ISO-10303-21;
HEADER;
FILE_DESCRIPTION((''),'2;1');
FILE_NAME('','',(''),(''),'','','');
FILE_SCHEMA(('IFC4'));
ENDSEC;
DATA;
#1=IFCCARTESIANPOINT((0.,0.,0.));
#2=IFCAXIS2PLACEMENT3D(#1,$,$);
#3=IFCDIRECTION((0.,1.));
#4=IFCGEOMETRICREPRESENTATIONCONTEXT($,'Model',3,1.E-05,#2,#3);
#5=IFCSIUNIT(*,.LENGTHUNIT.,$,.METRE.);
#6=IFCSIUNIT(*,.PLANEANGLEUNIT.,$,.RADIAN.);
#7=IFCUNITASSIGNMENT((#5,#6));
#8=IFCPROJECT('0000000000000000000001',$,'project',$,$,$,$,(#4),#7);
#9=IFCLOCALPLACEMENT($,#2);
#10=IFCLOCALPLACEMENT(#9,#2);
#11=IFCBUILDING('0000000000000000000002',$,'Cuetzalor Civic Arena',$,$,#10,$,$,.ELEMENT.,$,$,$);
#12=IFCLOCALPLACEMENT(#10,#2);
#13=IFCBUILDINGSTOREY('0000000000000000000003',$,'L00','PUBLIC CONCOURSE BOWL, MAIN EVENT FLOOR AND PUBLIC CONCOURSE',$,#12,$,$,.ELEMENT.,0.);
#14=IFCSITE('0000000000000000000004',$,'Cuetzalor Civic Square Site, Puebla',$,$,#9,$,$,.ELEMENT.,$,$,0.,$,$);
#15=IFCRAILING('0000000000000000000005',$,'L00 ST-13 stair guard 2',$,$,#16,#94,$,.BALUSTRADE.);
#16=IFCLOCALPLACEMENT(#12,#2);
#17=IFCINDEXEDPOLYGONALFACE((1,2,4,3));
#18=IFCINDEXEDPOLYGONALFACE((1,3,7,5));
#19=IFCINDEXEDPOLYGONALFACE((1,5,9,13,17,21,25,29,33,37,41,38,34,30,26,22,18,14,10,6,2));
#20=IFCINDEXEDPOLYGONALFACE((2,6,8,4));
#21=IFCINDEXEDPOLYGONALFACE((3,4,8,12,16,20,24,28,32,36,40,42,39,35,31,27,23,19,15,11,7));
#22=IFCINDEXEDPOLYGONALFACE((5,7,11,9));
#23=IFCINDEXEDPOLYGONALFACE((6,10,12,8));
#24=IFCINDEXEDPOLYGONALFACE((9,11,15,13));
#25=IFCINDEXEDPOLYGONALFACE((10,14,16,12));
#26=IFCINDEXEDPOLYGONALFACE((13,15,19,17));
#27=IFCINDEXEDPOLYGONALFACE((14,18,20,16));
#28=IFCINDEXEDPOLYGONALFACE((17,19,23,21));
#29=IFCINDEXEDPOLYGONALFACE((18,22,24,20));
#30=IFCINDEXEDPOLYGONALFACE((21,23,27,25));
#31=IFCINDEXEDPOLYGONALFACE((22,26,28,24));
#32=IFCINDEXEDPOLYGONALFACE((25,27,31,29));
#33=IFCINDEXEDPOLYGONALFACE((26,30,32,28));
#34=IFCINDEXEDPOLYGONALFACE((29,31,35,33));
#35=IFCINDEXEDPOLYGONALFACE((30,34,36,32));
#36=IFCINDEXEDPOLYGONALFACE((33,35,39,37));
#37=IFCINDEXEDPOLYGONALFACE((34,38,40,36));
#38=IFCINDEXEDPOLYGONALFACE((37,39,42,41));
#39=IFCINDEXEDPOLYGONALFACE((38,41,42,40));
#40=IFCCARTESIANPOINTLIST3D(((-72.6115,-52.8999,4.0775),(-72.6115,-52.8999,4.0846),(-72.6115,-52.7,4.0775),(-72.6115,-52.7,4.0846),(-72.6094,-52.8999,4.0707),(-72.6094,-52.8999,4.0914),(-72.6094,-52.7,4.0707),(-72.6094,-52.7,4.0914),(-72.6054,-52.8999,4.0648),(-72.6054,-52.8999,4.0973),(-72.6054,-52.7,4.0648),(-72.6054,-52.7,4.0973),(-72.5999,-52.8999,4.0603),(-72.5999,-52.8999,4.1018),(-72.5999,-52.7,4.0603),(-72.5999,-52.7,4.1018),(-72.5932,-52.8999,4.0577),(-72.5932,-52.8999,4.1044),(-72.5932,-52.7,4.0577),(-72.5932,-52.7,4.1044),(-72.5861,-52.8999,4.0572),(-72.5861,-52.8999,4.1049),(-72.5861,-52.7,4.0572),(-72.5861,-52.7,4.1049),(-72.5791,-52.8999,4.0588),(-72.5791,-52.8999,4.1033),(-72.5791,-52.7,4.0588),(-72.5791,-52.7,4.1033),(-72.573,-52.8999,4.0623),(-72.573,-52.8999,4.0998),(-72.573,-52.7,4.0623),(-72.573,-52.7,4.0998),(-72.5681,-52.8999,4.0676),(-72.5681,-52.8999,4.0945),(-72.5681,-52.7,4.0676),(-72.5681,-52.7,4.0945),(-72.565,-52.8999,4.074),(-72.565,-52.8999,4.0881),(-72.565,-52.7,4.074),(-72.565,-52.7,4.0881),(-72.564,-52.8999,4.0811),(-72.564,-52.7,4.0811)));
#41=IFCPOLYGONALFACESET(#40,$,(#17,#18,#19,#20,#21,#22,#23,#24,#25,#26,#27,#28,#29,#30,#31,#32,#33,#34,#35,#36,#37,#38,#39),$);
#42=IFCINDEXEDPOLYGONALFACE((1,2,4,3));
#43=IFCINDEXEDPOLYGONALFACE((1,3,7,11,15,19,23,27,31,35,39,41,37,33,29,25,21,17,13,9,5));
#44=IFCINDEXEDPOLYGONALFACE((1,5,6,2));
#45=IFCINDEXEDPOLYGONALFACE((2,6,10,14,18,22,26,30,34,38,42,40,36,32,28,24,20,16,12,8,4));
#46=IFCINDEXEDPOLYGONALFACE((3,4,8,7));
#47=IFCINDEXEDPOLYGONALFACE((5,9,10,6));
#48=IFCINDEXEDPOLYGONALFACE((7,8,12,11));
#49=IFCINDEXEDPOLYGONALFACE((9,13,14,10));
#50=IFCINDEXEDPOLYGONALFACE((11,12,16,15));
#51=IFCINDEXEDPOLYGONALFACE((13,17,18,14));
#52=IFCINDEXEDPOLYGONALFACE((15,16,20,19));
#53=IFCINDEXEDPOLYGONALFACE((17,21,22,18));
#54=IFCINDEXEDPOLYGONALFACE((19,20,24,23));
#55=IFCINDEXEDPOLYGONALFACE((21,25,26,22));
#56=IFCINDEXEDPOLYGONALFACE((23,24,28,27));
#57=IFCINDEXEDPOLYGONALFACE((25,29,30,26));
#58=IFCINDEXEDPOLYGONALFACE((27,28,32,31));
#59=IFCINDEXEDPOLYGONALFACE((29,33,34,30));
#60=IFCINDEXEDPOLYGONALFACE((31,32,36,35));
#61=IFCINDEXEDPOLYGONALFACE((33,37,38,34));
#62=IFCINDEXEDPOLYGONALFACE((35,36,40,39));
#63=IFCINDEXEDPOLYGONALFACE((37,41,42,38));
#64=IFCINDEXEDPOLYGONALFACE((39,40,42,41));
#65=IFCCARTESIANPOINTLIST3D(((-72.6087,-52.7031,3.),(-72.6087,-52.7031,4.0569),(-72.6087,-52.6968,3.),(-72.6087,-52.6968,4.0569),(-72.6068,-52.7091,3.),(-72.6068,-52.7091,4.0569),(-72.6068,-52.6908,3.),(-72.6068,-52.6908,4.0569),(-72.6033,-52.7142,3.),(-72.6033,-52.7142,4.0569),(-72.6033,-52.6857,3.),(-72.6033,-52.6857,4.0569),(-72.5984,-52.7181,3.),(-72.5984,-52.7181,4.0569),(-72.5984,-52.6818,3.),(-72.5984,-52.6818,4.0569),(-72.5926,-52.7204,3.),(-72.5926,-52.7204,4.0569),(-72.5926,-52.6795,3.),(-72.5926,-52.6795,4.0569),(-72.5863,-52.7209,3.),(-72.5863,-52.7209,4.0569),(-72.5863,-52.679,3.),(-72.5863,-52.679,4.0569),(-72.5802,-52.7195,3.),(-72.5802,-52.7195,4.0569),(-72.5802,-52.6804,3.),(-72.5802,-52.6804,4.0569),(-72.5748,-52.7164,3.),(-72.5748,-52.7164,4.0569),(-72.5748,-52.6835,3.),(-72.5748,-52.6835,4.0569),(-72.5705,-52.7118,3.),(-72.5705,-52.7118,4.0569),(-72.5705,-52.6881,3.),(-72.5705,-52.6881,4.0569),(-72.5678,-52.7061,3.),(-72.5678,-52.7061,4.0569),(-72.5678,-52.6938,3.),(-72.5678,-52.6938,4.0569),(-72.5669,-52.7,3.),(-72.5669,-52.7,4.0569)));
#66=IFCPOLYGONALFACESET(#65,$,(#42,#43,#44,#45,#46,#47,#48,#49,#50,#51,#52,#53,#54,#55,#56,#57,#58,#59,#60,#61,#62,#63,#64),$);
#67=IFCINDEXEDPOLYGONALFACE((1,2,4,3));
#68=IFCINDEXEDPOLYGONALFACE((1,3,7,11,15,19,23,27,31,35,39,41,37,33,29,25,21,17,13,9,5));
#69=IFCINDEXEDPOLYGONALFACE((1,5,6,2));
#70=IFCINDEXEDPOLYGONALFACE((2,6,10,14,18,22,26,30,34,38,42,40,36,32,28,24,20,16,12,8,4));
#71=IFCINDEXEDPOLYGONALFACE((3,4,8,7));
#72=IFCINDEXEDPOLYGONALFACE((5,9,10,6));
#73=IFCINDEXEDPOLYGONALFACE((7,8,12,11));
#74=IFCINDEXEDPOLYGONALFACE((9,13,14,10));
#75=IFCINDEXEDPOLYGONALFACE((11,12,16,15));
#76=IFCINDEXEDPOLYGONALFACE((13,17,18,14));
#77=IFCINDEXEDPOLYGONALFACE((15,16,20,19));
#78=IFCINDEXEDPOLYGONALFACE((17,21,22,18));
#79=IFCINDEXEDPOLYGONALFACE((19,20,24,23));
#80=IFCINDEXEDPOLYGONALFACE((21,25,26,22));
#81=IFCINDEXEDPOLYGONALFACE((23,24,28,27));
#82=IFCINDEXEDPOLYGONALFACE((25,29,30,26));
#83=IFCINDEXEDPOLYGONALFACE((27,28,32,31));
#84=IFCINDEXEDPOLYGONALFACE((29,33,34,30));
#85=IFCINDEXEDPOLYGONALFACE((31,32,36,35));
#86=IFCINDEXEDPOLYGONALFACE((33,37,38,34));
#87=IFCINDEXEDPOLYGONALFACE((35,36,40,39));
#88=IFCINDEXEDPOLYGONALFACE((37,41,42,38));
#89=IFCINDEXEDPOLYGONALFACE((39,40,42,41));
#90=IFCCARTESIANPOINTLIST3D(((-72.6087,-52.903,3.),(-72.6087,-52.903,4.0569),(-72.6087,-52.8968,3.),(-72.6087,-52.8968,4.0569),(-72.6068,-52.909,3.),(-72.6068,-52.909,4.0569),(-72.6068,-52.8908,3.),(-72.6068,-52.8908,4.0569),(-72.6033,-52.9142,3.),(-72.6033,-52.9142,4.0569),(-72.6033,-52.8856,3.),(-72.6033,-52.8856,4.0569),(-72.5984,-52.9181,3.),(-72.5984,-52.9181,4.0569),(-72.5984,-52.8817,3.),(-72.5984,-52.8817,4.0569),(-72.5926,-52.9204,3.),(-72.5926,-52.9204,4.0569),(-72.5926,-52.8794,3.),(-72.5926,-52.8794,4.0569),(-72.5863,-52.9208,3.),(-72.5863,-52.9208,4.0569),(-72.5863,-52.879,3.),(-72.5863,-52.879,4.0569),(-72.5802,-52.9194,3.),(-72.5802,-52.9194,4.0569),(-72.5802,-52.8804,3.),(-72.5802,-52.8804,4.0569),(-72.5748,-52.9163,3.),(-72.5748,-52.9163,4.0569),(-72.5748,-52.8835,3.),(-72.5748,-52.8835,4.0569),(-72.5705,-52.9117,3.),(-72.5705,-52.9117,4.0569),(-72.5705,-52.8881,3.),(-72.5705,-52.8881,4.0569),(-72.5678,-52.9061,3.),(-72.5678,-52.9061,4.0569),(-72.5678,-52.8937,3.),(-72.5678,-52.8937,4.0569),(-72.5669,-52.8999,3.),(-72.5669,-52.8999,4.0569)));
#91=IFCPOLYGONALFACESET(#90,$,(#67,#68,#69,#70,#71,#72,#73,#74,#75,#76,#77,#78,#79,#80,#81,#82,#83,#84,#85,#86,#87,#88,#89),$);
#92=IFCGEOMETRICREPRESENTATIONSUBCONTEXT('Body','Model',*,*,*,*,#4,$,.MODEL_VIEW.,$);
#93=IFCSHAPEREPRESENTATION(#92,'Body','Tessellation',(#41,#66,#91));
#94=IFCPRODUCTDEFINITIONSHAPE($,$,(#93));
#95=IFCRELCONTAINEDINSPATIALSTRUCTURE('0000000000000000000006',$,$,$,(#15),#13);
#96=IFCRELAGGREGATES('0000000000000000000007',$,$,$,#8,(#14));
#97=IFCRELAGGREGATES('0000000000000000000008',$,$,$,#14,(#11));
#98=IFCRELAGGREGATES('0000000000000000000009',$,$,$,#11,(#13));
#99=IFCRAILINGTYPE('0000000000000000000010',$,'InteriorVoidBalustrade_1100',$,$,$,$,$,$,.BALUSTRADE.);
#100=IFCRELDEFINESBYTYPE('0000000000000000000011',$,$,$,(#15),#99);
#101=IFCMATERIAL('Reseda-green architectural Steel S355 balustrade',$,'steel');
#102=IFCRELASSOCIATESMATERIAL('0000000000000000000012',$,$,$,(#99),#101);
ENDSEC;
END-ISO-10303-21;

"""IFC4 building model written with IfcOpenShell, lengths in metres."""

from ifc_helpers import new_model, si_unit, direction, frame, origin, origin_2d, place, context, subcontext, project, spatial, circle, extrude, material, type_object, element, save


model = new_model("IFC4")

# Units and contexts
model_context = context("Model", 3, precision=1e-05, world=origin(), true_north=direction((0.0, 1.0)))
body_context = subcontext(model_context, "Body", "Model", "MODEL_VIEW")
ifc_project = project(units=[si_unit("LENGTHUNIT", "METRE"), si_unit("PLANEANGLEUNIT", "RADIAN")], contexts=[model_context])

# Site, building, storey
site_placement = place(None, origin())
site = spatial("IfcSite", under=ifc_project, at=site_placement, Name="Cuetzalor Civic Square Site, Puebla", CompositionType="ELEMENT", RefElevation=0.0)
building_placement = place(site_placement, origin())
building = spatial("IfcBuilding", under=site, at=building_placement, Name="Cuetzalor Civic Arena", CompositionType="ELEMENT")
storey_placement = place(building_placement, origin())
storey = spatial("IfcBuildingStorey", under=building, at=storey_placement, Name="L00", Description="PUBLIC CONCOURSE BOWL, MAIN EVENT FLOOR AND PUBLIC CONCOURSE", CompositionType="ELEMENT", Elevation=0.0)

# Railing
ifc_material_1 = material(Name="Reseda-green architectural Steel S355 balustrade", Category="steel")
railing_type_1 = type_object("IfcRailingType", Name="InteriorVoidBalustrade_1100", PredefinedType="BALUSTRADE", material=ifc_material_1)
railing_1_placement = place(storey_placement, frame((-72.5879, -52.7, 3.0)))
element("IfcRailing", 1, at=railing_1_placement, inside=storey, type_object=railing_type_1, Name="L00 ST-13 stair guard 2", PredefinedType="BALUSTRADE", context=body_context, shape_type="SweptSolid", body=[
    extrude(circle(Radius=0.0239, at=origin_2d()), frame((0.0, 0.0, 1.0811), z_axis=(0.0, -1.0, 0.0), x_axis=(1.0, 0.0, 0.0)), (0.0, 0.0, 1.0), 0.2),
    extrude(circle(Radius=0.021, at=origin_2d()), origin(), (0.0, 0.0, 1.0), 1.0569),
    extrude(circle(Radius=0.021, at=origin_2d()), frame((0.0, -0.2, 0.0)), (0.0, 0.0, 1.0), 1.0569),
])

save(model, "model.ifc")
